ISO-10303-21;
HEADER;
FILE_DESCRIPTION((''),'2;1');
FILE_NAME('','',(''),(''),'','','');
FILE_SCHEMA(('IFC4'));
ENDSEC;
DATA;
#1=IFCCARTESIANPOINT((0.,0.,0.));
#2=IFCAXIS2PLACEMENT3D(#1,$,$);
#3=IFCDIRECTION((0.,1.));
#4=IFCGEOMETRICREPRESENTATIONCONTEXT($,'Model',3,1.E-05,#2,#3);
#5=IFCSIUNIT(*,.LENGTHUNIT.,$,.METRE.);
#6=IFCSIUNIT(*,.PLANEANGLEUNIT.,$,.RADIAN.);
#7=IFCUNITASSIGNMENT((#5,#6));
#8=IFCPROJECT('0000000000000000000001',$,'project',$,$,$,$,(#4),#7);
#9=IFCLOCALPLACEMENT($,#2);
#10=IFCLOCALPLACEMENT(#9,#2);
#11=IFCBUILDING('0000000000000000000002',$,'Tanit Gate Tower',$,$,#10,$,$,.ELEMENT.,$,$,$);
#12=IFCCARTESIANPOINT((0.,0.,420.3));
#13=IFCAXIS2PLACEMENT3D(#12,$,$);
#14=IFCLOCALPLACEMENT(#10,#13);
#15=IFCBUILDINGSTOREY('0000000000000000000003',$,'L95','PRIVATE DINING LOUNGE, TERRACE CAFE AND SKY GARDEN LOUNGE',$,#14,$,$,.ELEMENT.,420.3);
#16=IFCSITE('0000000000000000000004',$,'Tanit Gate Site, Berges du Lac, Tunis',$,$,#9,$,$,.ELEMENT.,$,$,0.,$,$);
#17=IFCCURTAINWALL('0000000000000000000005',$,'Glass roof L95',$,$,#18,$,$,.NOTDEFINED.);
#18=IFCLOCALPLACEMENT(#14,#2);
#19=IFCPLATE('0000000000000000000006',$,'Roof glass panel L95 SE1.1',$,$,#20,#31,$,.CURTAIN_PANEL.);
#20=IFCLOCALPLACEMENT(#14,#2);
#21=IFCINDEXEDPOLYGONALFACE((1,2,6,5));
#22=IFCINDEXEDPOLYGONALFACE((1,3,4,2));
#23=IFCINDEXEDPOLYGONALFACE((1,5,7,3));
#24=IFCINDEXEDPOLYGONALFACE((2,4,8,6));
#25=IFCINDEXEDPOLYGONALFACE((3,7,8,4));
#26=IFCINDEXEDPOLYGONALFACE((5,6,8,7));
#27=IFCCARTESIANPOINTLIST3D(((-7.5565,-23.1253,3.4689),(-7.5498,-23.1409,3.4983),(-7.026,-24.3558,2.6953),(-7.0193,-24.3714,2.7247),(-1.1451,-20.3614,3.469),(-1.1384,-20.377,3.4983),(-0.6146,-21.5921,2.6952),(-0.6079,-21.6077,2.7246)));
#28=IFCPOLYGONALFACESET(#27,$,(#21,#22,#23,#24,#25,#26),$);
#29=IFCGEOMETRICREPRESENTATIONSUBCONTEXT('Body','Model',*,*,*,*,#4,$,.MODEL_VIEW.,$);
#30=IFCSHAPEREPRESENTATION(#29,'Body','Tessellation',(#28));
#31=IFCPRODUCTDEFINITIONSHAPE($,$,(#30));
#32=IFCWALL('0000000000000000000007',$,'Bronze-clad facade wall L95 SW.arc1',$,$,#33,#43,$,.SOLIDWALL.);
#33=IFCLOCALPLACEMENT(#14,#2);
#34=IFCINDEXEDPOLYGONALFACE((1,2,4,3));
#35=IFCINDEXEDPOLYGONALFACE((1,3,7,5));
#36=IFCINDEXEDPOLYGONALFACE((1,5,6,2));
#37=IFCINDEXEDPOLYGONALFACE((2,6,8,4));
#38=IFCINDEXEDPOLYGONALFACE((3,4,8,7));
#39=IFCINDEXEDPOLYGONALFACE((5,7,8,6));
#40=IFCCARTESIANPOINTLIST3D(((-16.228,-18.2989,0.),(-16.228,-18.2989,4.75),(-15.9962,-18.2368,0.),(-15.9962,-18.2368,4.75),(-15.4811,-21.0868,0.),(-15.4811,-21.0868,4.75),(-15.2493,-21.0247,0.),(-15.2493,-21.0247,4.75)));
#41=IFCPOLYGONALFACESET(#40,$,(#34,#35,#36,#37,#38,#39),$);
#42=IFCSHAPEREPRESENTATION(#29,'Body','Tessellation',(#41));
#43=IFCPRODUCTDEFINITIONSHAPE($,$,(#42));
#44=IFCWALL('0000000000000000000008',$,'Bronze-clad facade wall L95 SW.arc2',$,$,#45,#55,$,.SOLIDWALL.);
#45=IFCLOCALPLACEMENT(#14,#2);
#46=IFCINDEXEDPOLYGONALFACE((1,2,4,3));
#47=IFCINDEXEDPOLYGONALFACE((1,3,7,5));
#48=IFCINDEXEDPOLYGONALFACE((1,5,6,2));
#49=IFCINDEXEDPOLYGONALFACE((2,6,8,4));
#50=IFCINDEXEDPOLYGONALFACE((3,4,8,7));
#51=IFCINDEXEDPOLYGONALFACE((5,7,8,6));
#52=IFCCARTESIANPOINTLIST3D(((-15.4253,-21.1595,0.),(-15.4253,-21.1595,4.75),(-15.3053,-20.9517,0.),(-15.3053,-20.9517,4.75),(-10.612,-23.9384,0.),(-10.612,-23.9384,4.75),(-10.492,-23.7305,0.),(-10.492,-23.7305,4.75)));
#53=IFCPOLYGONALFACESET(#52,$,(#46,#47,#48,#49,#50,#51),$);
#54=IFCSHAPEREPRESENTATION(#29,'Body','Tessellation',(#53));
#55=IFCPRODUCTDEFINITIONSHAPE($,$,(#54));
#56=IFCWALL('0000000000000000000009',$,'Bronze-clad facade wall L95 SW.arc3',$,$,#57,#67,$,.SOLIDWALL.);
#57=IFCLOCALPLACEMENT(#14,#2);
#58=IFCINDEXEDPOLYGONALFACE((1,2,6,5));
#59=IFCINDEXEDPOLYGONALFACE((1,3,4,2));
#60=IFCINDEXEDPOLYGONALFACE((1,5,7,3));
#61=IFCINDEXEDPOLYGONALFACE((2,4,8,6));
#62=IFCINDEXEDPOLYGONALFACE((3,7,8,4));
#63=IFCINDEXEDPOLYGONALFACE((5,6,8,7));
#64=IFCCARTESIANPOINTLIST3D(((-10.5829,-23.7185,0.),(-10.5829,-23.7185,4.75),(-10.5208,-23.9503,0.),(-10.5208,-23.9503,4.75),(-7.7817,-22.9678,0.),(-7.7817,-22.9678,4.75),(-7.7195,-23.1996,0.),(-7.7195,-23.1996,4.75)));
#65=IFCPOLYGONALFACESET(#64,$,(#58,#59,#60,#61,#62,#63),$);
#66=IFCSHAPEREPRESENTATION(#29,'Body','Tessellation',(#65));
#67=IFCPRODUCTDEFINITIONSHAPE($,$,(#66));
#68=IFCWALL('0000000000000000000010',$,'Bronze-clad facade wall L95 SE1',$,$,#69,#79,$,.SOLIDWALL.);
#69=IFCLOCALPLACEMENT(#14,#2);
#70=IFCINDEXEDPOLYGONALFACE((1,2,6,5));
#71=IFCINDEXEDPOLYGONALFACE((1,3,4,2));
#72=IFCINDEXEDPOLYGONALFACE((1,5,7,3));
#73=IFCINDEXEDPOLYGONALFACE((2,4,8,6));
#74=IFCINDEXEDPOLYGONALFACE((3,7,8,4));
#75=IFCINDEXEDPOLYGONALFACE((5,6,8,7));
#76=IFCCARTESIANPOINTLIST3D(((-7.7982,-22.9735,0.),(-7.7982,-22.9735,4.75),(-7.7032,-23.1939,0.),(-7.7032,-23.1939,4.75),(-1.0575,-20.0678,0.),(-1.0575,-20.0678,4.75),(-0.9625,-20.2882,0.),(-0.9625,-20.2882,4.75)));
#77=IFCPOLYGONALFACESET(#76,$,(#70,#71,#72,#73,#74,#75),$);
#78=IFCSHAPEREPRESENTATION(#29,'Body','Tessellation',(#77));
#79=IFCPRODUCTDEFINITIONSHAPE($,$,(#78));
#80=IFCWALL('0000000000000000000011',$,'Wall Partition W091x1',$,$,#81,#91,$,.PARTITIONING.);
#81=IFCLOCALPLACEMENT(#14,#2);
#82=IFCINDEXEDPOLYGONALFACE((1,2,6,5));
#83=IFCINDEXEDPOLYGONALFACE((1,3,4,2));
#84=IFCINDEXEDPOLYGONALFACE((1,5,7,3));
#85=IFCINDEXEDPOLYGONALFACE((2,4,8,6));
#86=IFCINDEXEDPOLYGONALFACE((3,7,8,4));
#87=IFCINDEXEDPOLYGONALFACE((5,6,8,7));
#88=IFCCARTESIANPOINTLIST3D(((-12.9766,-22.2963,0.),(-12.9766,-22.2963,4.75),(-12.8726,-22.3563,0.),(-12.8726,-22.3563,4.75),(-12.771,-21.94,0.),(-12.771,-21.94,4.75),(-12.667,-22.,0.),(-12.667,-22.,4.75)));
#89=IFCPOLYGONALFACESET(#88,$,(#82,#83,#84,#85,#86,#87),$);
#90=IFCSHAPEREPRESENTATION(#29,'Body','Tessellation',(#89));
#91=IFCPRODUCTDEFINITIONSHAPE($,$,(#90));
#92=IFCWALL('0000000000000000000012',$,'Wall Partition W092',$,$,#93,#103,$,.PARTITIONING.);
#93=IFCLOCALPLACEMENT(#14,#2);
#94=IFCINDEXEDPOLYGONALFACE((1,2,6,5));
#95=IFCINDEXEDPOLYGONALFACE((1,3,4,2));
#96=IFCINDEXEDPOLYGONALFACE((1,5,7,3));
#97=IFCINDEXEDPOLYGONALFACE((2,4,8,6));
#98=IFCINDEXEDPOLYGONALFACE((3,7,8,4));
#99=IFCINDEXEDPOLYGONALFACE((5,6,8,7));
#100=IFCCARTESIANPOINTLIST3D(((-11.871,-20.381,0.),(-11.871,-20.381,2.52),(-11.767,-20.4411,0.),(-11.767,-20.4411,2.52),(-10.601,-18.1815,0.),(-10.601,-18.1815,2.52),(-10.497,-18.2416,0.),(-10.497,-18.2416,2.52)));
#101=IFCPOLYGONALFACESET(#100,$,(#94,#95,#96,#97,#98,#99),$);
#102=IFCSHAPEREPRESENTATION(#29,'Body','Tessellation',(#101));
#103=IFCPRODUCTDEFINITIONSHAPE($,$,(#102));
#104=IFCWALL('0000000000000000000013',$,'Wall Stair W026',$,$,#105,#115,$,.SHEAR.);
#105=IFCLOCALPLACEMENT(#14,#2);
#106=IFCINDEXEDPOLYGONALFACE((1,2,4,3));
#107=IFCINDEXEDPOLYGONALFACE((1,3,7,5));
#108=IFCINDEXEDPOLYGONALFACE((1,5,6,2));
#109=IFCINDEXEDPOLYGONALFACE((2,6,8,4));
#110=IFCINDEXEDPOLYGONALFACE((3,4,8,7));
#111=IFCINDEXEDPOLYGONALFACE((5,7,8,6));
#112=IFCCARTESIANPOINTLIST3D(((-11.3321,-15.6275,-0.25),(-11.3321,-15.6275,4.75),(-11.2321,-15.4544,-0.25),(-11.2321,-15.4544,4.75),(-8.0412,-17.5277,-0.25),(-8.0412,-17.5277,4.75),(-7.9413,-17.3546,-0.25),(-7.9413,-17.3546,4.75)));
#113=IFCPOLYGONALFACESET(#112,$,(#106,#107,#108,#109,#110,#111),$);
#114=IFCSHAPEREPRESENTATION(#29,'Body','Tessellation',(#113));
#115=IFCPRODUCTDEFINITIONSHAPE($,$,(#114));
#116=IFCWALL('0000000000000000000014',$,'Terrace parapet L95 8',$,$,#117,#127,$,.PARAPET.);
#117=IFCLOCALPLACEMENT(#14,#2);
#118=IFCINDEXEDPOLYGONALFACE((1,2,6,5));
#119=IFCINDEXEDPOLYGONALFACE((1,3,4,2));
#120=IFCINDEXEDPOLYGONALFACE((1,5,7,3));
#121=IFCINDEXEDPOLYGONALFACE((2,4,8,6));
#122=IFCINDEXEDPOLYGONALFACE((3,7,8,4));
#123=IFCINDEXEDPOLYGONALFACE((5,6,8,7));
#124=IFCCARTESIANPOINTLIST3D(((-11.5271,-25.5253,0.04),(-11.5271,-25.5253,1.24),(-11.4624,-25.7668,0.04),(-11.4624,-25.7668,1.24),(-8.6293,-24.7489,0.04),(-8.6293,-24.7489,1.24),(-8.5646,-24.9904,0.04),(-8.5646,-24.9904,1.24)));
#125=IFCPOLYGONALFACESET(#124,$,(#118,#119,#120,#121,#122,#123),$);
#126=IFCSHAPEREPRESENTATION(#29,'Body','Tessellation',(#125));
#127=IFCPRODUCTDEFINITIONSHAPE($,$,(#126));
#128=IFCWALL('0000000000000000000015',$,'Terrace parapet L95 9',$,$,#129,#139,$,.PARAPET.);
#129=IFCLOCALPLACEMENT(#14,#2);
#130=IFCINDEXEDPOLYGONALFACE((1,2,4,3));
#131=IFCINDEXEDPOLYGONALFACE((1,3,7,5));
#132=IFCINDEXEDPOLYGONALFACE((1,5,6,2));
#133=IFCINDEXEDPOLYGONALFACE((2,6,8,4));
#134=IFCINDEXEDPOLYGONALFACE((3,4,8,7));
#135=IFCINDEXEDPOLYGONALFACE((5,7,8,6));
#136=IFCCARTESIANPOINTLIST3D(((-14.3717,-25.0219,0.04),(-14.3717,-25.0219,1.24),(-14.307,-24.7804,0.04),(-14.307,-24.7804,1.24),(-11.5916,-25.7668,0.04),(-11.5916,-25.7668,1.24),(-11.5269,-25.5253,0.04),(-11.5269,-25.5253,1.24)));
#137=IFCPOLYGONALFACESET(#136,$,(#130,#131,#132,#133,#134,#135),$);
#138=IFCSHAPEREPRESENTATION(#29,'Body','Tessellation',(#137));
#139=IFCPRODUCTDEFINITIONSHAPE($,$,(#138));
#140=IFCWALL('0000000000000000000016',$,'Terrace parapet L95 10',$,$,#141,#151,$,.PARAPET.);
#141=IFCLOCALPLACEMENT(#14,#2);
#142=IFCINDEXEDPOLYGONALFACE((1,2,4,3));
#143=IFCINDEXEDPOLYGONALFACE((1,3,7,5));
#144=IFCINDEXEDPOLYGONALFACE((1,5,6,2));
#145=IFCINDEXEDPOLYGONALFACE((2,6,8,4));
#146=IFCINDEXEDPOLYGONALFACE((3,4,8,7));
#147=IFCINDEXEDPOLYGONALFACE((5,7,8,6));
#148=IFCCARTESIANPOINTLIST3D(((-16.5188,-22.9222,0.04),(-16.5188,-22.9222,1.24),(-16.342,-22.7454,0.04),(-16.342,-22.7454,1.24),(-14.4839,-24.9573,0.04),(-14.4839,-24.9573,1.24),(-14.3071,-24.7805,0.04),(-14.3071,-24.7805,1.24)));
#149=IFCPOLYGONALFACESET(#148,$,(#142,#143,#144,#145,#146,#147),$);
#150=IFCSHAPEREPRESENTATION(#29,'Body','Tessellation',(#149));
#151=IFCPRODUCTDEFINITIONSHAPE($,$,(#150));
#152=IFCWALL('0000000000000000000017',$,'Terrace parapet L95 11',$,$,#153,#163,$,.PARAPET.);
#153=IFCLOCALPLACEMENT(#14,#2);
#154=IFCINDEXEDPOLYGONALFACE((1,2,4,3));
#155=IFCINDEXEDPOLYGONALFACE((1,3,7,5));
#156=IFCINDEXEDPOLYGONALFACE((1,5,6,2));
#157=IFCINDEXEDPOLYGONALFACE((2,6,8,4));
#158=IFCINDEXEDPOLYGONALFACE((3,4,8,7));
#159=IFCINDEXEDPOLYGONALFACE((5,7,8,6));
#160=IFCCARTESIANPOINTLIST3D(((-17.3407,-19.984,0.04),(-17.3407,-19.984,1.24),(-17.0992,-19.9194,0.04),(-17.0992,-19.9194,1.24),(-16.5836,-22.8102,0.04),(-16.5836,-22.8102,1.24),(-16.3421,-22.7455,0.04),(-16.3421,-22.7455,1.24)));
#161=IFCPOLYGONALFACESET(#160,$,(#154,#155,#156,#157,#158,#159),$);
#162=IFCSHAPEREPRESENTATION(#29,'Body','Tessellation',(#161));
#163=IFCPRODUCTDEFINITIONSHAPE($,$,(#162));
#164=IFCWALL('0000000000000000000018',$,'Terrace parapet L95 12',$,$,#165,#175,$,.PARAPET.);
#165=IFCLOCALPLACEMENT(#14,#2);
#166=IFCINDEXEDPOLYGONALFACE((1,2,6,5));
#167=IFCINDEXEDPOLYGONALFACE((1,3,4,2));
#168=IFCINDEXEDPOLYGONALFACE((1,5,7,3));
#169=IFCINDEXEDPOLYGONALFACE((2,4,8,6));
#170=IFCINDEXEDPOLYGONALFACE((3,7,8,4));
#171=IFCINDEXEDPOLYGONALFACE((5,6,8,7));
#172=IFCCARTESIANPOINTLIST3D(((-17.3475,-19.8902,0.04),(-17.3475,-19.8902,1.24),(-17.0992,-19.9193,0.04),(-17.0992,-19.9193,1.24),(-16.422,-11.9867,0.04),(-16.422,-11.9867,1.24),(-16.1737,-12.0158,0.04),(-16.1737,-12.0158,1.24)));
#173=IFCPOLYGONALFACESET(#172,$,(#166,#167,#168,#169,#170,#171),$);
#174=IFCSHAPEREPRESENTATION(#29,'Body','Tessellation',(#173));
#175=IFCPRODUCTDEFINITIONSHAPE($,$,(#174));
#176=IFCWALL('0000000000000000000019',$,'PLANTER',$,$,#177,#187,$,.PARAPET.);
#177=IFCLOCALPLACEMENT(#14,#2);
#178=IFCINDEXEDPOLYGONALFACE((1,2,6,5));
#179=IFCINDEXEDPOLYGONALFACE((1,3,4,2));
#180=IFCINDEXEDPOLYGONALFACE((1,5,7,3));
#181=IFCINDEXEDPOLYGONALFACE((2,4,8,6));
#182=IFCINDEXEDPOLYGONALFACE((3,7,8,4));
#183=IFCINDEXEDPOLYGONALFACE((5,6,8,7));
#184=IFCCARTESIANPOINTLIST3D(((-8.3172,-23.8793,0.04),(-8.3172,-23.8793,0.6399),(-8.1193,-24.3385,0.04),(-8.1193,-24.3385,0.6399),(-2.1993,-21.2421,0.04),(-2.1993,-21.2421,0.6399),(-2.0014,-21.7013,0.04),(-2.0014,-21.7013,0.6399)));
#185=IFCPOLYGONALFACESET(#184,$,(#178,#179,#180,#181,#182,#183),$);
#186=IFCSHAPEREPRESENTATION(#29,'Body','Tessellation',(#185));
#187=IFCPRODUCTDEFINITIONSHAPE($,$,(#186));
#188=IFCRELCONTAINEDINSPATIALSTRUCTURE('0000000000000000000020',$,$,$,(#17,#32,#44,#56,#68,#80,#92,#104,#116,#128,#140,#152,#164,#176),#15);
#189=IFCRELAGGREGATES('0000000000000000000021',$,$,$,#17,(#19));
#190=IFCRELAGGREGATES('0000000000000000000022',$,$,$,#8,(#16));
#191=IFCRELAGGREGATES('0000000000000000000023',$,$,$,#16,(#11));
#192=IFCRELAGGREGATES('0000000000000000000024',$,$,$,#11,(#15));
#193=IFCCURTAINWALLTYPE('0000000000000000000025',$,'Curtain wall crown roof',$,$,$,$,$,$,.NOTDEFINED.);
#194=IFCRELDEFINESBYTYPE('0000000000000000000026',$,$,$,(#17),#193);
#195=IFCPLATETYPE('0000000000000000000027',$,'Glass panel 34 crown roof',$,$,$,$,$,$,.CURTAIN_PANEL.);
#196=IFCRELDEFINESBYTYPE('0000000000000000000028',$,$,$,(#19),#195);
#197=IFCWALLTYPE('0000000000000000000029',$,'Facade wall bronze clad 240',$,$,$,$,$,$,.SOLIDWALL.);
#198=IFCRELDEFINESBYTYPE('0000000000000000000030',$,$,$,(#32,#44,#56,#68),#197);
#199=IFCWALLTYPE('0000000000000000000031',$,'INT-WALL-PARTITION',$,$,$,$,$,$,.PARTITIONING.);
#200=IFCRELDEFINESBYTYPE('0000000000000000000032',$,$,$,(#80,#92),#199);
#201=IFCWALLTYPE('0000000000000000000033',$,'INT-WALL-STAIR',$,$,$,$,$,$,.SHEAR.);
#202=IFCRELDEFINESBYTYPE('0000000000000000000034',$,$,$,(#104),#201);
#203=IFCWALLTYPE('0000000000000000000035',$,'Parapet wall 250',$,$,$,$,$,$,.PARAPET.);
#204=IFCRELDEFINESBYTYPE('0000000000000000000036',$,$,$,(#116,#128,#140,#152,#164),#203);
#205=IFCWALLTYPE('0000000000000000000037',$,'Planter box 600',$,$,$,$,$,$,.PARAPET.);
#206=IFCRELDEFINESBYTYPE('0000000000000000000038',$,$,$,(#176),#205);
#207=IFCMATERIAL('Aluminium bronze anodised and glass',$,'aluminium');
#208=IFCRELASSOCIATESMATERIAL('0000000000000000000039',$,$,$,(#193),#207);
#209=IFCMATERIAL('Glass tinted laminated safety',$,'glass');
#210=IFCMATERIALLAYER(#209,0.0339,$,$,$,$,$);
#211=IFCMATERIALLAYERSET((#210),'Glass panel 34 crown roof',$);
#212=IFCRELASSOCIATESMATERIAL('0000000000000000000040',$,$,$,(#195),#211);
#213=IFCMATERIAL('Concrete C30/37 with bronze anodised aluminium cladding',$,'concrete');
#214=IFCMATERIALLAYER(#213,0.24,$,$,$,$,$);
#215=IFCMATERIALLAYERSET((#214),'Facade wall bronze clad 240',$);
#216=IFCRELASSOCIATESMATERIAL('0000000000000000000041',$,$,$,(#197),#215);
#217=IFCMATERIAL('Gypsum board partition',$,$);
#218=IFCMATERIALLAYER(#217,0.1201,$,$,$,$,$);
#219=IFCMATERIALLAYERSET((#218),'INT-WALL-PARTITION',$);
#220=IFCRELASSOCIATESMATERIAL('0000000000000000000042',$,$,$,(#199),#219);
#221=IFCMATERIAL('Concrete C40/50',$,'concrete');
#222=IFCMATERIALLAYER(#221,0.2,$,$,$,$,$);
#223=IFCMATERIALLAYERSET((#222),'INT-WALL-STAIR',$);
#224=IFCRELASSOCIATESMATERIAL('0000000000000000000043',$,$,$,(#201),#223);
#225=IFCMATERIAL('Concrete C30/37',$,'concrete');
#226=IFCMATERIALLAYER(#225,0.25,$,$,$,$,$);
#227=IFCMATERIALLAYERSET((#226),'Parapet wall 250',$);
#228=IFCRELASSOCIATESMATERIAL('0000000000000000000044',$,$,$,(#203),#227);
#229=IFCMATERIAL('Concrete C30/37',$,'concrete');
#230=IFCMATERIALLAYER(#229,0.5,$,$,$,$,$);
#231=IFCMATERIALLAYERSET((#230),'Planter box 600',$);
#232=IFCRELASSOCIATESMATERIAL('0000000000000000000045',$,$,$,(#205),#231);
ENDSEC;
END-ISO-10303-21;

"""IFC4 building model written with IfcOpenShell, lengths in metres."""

from ifc_helpers import new_model, si_unit, direction, frame, frame_2d, origin, place, context, subcontext, project, spatial, polyline, rectangle, outline, extrude, material, layer, layer_set, type_object, element, aggregate, save


model = new_model("IFC4")

# Units and contexts
model_context = context("Model", 3, precision=1e-05, world=origin(), true_north=direction((0.0, 1.0)))
body_context = subcontext(model_context, "Body", "Model", "MODEL_VIEW")
ifc_project = project(units=[si_unit("LENGTHUNIT", "METRE"), si_unit("PLANEANGLEUNIT", "RADIAN")], contexts=[model_context])

# Site, building, storey
site_placement = place(None, origin())
site = spatial("IfcSite", under=ifc_project, at=site_placement, Name="Tanit Gate Site, Berges du Lac, Tunis", CompositionType="ELEMENT", RefElevation=0.0)
building_placement = place(site_placement, origin())
building = spatial("IfcBuilding", under=site, at=building_placement, Name="Tanit Gate Tower", CompositionType="ELEMENT")
storey_placement = place(building_placement, frame((0.0, 0.0, 420.3)))
storey = spatial("IfcBuildingStorey", under=building, at=storey_placement, Name="L95", Description="PRIVATE DINING LOUNGE, TERRACE CAFE AND SKY GARDEN LOUNGE", CompositionType="ELEMENT", Elevation=420.3)

# Curtain wall
ifc_material_1 = material(Name="Aluminium bronze anodised and glass", Category="aluminium")
curtain_wall_type = type_object("IfcCurtainWallType", Name="Curtain wall crown roof", PredefinedType="NOTDEFINED", material=ifc_material_1)
curtain_wall_placement = place(storey_placement, origin())
curtain_wall = element("IfcCurtainWall", 1, at=curtain_wall_placement, inside=storey, type_object=curtain_wall_type, Name="Glass roof L95", PredefinedType="NOTDEFINED")

# Plate
ifc_material_2 = material(Name="Glass tinted laminated safety", Category="glass")
ifc_layer_1 = layer(ifc_material_2, 0.0339)
ifc_layer_set_1 = layer_set([ifc_layer_1], Name="Glass panel 34 crown roof")
plate_type = type_object("IfcPlateType", Name="Glass panel 34 crown roof", PredefinedType="CURTAIN_PANEL", material=ifc_layer_set_1)
plate_1_placement = place(storey_placement, frame((-7.5498, -23.1409, 3.4983), z_axis=(0.197929, -0.45915, 0.866029), x_axis=(0.918305, 0.395873, 0.000007)))
plate_1 = element("IfcPlate", 2, at=plate_1_placement, type_object=plate_type, Name="Roof glass panel L95 SE1.1", PredefinedType="CURTAIN_PANEL", context=body_context, shape_type="SweptSolid", body=[
    extrude(outline(polyline([(0.0, 0.0), (6.9818, 0.0), (6.9817, -1.5475), (0.0001, -1.5473), (0.0, 0.0)])), origin(), (0.0, 0.0, -1.0), 0.0339),
])
aggregate(curtain_wall, [plate_1])

# Walls
ifc_material_3 = material(Name="Concrete C30/37 with bronze anodised aluminium cladding", Category="concrete")
ifc_layer_2 = layer(ifc_material_3, 0.24)
ifc_layer_set_2 = layer_set([ifc_layer_2], Name="Facade wall bronze clad 240")
wall_type_1 = type_object("IfcWallType", Name="Facade wall bronze clad 240", PredefinedType="SOLIDWALL", material=ifc_layer_set_2)
wall_1_placement = place(storey_placement, frame((-16.1121, -18.2678, 0.0), z_axis=(0.0, 0.0, 1.0), x_axis=(0.258763, -0.965941, 0.0)))
element("IfcWall", 3, at=wall_1_placement, inside=storey, type_object=wall_type_1, Name="Bronze-clad facade wall L95 SW.arc1", PredefinedType="SOLIDWALL", context=body_context, shape_type="SweptSolid", body=[
    extrude(rectangle(XDim=2.8862, YDim=0.24, at=frame_2d((1.4431, 0.0))), origin(), (0.0, 0.0, 1.0), 4.75),
])
wall_2_placement = place(storey_placement, frame((-15.3652, -21.0557, 0.0), z_axis=(0.0, 0.0, 1.0), x_axis=(0.866034, -0.499985, 0.0)))
element("IfcWall", 4, at=wall_2_placement, inside=storey, type_object=wall_type_1, Name="Bronze-clad facade wall L95 SW.arc2", PredefinedType="SOLIDWALL", context=body_context, shape_type="SweptSolid", body=[
    extrude(rectangle(XDim=5.5579, YDim=0.24, at=frame_2d((2.7788, 0.0))), origin(), (0.0, 0.0, 1.0), 4.75),
])
wall_3_placement = place(storey_placement, frame((-10.552, -23.8345, 0.0), z_axis=(0.0, 0.0, 1.0), x_axis=(0.965914, 0.258862, 0.0)))
element("IfcWall", 5, at=wall_3_placement, inside=storey, type_object=wall_type_1, Name="Bronze-clad facade wall L95 SW.arc3", PredefinedType="SOLIDWALL", context=body_context, shape_type="SweptSolid", body=[
    extrude(rectangle(XDim=2.9001, YDim=0.24, at=frame_2d((1.4502, 0.0))), origin(), (0.0, 0.0, 1.0), 4.75),
])
wall_4_placement = place(storey_placement, frame((-7.7507, -23.0837, 0.0), z_axis=(0.0, 0.0, 1.0), x_axis=(0.91831, 0.395861, 0.0)))
element("IfcWall", 6, at=wall_4_placement, inside=storey, type_object=wall_type_1, Name="Bronze-clad facade wall L95 SE1", PredefinedType="SOLIDWALL", context=body_context, shape_type="SweptSolid", body=[
    extrude(rectangle(XDim=7.3403, YDim=0.24, at=frame_2d((3.6702, 0.0))), origin(), (0.0, 0.0, 1.0), 4.75),
])
ifc_material_4 = material(Name="Gypsum board partition")
ifc_layer_3 = layer(ifc_material_4, 0.1201)
ifc_layer_set_3 = layer_set([ifc_layer_3], Name="INT-WALL-PARTITION")
wall_type_2 = type_object("IfcWallType", Name="INT-WALL-PARTITION", PredefinedType="PARTITIONING", material=ifc_layer_set_3)
wall_5_placement = place(storey_placement, frame((-12.9246, -22.3262, 0.0), z_axis=(0.0, 0.0, 1.0), x_axis=(0.499842, 0.866116, 0.0)))
element("IfcWall", 7, at=wall_5_placement, inside=storey, type_object=wall_type_2, Name="Wall Partition W091x1", PredefinedType="PARTITIONING", context=body_context, shape_type="SweptSolid", body=[
    extrude(rectangle(XDim=0.4114, YDim=0.1201, at=frame_2d((0.2056, 0.0))), origin(), (0.0, 0.0, 1.0), 4.75),
])
wall_6_placement = place(storey_placement, frame((-11.8191, -20.4111, 0.0), z_axis=(0.0, 0.0, 1.0), x_axis=(0.500047, 0.865998, 0.0)))
element("IfcWall", 8, at=wall_6_placement, inside=storey, type_object=wall_type_2, Name="Wall Partition W092", PredefinedType="PARTITIONING", context=body_context, shape_type="SweptSolid", body=[
    extrude(rectangle(XDim=2.5398, YDim=0.1201, at=frame_2d((1.27, 0.0))), origin(), (0.0, 0.0, 1.0), 2.52),
])
ifc_material_5 = material(Name="Concrete C40/50", Category="concrete")
ifc_layer_4 = layer(ifc_material_5, 0.2)
ifc_layer_set_4 = layer_set([ifc_layer_4], Name="INT-WALL-STAIR")
wall_type_3 = type_object("IfcWallType", Name="INT-WALL-STAIR", PredefinedType="SHEAR", material=ifc_layer_set_4)
wall_7_placement = place(storey_placement, frame((-11.282, -15.541, -0.25), z_axis=(0.0, 0.0, 1.0), x_axis=(0.866, -0.500043, 0.0)))
element("IfcWall", 9, at=wall_7_placement, inside=storey, type_object=wall_type_3, Name="Wall Stair W026", PredefinedType="SHEAR", context=body_context, shape_type="SweptSolid", body=[
    extrude(rectangle(XDim=3.8, YDim=0.2, at=frame_2d((1.8999, 0.0))), origin(), (0.0, 0.0, 1.0), 5.0),
])
ifc_material_6 = material(Name="Concrete C30/37", Category="concrete")
ifc_layer_5 = layer(ifc_material_6, 0.25)
ifc_layer_set_5 = layer_set([ifc_layer_5], Name="Parapet wall 250")
wall_type_4 = type_object("IfcWallType", Name="Parapet wall 250", PredefinedType="PARAPET", material=ifc_layer_set_5)
wall_8_placement = place(storey_placement, frame((-8.5969, -24.8696, 0.04), z_axis=(0.0, 0.0, 1.0), x_axis=(-0.965932, -0.258797, 0.0)))
element("IfcWall", 10, at=wall_8_placement, inside=storey, type_object=wall_type_4, Name="Terrace parapet L95 8", PredefinedType="PARAPET", context=body_context, shape_type="SweptSolid", body=[
    extrude(rectangle(XDim=3.0, YDim=0.25, at=frame_2d((1.5, 0.0))), origin(), (0.0, 0.0, 1.0), 1.2),
])
wall_9_placement = place(storey_placement, frame((-11.5593, -25.646, 0.04), z_axis=(0.0, 0.0, 1.0), x_axis=(-0.965929, 0.258808, 0.0)))
element("IfcWall", 11, at=wall_9_placement, inside=storey, type_object=wall_type_4, Name="Terrace parapet L95 9", PredefinedType="PARAPET", context=body_context, shape_type="SweptSolid", body=[
    extrude(rectangle(XDim=2.8782, YDim=0.25, at=frame_2d((1.439, 0.0))), origin(), (0.0, 0.0, 1.0), 1.2),
])
wall_10_placement = place(storey_placement, frame((-14.3955, -24.8689, 0.04), z_axis=(0.0, 0.0, 1.0), x_axis=(-0.707064, 0.707149, 0.0)))
element("IfcWall", 12, at=wall_10_placement, inside=storey, type_object=wall_type_4, Name="Terrace parapet L95 10", PredefinedType="PARAPET", context=body_context, shape_type="SweptSolid", body=[
    extrude(rectangle(XDim=2.8779, YDim=0.25, at=frame_2d((1.439, 0.0))), origin(), (0.0, 0.0, 1.0), 1.2),
])
wall_11_placement = place(storey_placement, frame((-16.4629, -22.7778, 0.04), z_axis=(0.0, 0.0, 1.0), x_axis=(-0.258758, 0.965942, 0.0)))
element("IfcWall", 13, at=wall_11_placement, inside=storey, type_object=wall_type_4, Name="Terrace parapet L95 11", PredefinedType="PARAPET", context=body_context, shape_type="SweptSolid", body=[
    extrude(rectangle(XDim=2.9258, YDim=0.25, at=frame_2d((1.4629, 0.0))), origin(), (0.0, 0.0, 1.0), 1.2),
])
wall_12_placement = place(storey_placement, frame((-17.2234, -19.9048, 0.04), z_axis=(0.0, 0.0, 1.0), x_axis=(0.116309, 0.993213, 0.0)))
element("IfcWall", 14, at=wall_12_placement, inside=storey, type_object=wall_type_4, Name="Terrace parapet L95 12", PredefinedType="PARAPET", context=body_context, shape_type="SweptSolid", body=[
    extrude(rectangle(XDim=7.9575, YDim=0.25, at=frame_2d((3.9788, 0.0))), origin(), (0.0, 0.0, 1.0), 1.2),
])
ifc_material_7 = material(Name="Concrete C30/37", Category="concrete")
ifc_layer_6 = layer(ifc_material_7, 0.5)
ifc_layer_set_6 = layer_set([ifc_layer_6], Name="Planter box 600")
wall_type_5 = type_object("IfcWallType", Name="Planter box 600", PredefinedType="PARAPET", material=ifc_layer_set_6)
wall_13_placement = place(storey_placement, frame((-2.1003, -21.4717, 0.04), z_axis=(0.0, 0.0, 1.0), x_axis=(-0.918315, -0.395851, 0.0)))
element("IfcWall", 15, at=wall_13_placement, inside=storey, type_object=wall_type_5, Name="PLANTER", PredefinedType="PARAPET", context=body_context, shape_type="SweptSolid", body=[
    extrude(rectangle(XDim=6.6621, YDim=0.5, at=frame_2d((3.3311, 0.0))), origin(), (0.0, 0.0, 1.0), 0.5999),
])

save(model, "model.ifc")
